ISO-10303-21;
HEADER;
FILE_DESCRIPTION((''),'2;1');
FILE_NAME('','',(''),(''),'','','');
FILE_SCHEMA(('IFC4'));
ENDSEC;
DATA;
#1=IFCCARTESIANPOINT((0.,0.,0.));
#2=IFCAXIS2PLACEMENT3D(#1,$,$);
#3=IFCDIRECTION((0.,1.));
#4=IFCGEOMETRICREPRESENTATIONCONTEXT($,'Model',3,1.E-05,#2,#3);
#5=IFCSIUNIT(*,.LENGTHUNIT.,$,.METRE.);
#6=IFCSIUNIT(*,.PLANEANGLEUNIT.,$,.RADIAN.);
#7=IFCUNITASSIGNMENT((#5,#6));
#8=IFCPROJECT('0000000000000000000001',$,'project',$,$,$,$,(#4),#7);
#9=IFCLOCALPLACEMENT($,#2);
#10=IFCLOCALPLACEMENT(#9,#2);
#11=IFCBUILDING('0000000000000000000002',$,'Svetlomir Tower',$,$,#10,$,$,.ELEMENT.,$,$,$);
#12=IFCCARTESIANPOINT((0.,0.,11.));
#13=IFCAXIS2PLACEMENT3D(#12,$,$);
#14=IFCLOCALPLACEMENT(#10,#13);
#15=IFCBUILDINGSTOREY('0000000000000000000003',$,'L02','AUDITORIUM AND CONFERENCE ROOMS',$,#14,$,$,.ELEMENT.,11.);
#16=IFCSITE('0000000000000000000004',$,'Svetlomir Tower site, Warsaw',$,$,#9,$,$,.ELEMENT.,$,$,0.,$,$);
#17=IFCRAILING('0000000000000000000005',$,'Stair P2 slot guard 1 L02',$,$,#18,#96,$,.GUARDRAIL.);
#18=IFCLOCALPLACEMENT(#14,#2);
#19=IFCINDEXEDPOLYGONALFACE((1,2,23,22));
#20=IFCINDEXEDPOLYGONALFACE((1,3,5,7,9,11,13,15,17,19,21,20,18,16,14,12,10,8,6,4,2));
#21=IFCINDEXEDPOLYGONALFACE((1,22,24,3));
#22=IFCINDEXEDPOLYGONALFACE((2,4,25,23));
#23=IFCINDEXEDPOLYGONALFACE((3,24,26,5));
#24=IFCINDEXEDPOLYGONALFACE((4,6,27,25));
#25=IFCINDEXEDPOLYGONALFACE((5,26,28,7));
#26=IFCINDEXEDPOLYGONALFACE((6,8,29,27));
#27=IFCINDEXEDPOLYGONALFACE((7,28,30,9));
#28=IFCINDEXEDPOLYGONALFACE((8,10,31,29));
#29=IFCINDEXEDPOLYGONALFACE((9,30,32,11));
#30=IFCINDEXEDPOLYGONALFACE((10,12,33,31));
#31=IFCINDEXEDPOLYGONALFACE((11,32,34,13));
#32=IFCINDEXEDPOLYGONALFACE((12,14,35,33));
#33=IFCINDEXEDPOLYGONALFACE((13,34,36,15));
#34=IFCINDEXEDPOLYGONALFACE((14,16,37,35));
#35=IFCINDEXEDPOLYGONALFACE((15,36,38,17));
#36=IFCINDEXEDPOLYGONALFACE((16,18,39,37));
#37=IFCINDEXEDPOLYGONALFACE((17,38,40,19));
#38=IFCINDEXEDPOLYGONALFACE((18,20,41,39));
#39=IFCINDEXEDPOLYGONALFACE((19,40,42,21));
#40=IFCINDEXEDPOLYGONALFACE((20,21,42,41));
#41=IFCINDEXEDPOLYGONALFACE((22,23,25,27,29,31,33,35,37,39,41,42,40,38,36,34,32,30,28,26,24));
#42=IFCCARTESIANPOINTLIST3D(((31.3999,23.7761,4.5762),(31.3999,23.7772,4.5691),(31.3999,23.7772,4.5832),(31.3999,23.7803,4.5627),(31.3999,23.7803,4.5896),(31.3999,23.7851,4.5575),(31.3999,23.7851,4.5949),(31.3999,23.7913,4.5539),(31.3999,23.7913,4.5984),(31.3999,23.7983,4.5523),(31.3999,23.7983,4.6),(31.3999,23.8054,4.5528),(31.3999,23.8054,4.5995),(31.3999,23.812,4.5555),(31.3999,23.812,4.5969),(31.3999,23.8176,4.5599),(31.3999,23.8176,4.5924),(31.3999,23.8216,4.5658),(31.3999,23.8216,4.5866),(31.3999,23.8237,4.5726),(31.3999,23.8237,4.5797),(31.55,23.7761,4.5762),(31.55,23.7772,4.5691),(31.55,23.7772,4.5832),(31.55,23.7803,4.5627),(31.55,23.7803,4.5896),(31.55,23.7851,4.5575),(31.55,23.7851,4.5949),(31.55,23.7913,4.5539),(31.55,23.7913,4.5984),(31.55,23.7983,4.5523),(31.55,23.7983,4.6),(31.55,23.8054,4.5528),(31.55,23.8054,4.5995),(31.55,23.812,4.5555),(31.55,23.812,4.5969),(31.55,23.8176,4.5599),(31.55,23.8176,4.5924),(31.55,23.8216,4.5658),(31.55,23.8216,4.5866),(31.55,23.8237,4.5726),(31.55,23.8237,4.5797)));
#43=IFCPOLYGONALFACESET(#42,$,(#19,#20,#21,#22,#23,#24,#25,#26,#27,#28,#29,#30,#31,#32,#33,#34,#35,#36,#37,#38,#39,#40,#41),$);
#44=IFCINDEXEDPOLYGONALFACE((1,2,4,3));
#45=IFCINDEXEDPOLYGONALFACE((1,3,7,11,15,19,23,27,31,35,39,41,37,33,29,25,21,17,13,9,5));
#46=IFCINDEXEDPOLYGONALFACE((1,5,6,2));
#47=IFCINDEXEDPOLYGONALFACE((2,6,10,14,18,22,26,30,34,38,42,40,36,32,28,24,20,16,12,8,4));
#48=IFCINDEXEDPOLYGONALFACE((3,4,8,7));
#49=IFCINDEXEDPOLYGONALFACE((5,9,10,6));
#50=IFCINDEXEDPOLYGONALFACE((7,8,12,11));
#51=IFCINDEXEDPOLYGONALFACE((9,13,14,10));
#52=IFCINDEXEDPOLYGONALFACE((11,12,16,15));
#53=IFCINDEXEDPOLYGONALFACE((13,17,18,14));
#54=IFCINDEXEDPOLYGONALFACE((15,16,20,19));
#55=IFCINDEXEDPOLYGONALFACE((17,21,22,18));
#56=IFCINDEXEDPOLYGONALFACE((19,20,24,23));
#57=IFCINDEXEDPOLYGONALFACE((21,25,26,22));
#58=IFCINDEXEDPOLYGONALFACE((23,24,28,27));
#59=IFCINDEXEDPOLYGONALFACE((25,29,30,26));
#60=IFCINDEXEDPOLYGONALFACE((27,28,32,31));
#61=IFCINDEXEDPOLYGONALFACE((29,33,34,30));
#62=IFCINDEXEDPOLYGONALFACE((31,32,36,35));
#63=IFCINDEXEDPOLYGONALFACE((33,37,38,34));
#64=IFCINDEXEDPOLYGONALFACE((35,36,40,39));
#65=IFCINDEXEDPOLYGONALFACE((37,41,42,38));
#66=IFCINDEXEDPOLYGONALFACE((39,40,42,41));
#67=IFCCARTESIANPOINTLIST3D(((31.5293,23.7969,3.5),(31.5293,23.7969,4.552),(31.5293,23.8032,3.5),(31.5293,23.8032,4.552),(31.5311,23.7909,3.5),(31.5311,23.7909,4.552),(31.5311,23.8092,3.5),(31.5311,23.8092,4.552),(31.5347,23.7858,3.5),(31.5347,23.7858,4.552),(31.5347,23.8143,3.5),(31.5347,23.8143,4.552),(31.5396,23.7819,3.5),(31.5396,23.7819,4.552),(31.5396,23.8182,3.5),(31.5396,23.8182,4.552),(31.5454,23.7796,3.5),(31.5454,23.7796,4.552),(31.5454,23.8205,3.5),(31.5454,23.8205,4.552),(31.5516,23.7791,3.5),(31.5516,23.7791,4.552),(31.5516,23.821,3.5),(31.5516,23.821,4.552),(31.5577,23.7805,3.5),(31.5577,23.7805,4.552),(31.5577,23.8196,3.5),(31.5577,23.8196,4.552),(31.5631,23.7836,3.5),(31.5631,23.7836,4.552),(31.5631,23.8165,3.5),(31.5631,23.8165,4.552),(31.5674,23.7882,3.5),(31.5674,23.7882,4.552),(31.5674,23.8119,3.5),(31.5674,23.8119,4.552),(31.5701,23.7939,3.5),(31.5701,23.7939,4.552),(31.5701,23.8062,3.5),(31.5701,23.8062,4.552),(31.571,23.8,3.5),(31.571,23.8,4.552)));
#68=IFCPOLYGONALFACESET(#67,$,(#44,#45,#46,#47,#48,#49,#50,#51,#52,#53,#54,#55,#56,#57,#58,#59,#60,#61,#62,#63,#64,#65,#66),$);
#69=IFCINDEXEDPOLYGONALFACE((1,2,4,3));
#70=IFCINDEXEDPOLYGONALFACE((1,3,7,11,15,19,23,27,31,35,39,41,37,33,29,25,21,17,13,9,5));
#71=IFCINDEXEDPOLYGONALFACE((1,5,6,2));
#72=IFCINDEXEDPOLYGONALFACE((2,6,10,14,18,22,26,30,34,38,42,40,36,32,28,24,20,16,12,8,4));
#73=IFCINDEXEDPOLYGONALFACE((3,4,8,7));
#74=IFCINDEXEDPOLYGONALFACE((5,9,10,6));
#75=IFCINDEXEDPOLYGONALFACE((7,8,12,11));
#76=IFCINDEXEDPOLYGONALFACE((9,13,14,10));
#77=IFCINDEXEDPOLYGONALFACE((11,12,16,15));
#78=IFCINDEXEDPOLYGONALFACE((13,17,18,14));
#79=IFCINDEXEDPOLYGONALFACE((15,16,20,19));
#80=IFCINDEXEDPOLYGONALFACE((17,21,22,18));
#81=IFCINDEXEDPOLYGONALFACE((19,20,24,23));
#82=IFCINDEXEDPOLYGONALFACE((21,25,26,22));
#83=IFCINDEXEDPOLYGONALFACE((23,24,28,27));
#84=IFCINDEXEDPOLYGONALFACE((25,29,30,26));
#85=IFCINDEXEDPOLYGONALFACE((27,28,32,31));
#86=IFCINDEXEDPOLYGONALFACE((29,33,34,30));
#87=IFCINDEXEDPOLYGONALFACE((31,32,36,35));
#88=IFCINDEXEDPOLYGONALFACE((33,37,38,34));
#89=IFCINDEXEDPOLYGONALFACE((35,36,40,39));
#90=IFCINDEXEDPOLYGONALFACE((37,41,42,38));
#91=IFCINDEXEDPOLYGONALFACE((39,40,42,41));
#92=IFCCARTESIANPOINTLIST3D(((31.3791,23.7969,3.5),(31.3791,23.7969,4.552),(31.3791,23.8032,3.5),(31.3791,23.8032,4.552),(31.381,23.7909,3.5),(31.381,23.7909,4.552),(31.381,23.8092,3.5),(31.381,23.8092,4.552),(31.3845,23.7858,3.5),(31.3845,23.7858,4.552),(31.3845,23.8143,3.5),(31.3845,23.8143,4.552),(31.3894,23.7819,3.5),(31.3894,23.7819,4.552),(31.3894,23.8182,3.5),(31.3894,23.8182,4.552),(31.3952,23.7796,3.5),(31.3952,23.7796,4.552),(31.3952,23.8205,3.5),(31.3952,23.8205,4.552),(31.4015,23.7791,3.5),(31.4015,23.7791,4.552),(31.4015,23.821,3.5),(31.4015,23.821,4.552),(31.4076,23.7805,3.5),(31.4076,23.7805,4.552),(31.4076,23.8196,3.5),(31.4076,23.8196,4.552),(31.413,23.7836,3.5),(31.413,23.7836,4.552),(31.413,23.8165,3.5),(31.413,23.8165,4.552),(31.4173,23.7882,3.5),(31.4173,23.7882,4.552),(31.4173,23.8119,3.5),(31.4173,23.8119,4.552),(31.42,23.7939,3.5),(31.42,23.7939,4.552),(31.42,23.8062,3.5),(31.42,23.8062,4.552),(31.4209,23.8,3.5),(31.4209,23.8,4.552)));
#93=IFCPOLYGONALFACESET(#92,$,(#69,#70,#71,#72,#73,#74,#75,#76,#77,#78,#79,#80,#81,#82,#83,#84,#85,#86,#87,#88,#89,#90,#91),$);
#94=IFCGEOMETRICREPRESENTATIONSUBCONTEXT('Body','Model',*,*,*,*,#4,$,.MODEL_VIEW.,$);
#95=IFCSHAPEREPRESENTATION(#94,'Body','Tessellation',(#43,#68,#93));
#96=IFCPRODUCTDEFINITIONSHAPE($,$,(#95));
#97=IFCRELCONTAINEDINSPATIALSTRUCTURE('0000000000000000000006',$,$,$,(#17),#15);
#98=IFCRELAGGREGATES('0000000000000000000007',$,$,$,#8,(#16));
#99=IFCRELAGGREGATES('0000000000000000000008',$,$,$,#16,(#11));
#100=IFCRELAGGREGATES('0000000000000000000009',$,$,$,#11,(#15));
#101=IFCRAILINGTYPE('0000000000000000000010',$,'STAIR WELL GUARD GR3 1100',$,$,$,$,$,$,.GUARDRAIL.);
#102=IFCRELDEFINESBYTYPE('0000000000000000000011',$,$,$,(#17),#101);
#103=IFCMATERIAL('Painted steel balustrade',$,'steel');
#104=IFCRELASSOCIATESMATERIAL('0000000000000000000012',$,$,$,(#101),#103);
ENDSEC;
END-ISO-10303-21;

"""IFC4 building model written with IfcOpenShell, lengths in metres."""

from ifc_helpers import new_model, si_unit, direction, frame, origin, origin_2d, place, context, subcontext, project, spatial, circle, extrude, material, type_object, element, save


model = new_model("IFC4")

# Units and contexts
model_context = context("Model", 3, precision=1e-05, world=origin(), true_north=direction((0.0, 1.0)))
body_context = subcontext(model_context, "Body", "Model", "MODEL_VIEW")
ifc_project = project(units=[si_unit("LENGTHUNIT", "METRE"), si_unit("PLANEANGLEUNIT", "RADIAN")], contexts=[model_context])

# Site, building, storey
site_placement = place(None, origin())
site = spatial("IfcSite", under=ifc_project, at=site_placement, Name="Svetlomir Tower site, Warsaw", CompositionType="ELEMENT", RefElevation=0.0)
building_placement = place(site_placement, origin())
building = spatial("IfcBuilding", under=site, at=building_placement, Name="Svetlomir Tower", CompositionType="ELEMENT")
storey_placement = place(building_placement, frame((0.0, 0.0, 11.0)))
storey = spatial("IfcBuildingStorey", under=building, at=storey_placement, Name="L02", Description="AUDITORIUM AND CONFERENCE ROOMS", CompositionType="ELEMENT", Elevation=11.0)

# Railing
ifc_material_1 = material(Name="Painted steel balustrade", Category="steel")
railing_type_1 = type_object("IfcRailingType", Name="STAIR WELL GUARD GR3 1100", PredefinedType="GUARDRAIL", material=ifc_material_1)
railing_1_placement = place(storey_placement, frame((31.55, 23.8, 3.5)))
element("IfcRailing", 1, at=railing_1_placement, inside=storey, type_object=railing_type_1, Name="Stair P2 slot guard 1 L02", PredefinedType="GUARDRAIL", context=body_context, shape_type="SweptSolid", body=[
    extrude(circle(Radius=0.0239, at=origin_2d()), frame((0.0, 0.0, 1.0762), z_axis=(-1.0, 0.0, 0.0), x_axis=(0.0, -1.0, 0.0)), (0.0, 0.0, 1.0), 0.1501),
    extrude(circle(Radius=0.021, at=origin_2d()), origin(), (0.0, 0.0, 1.0), 1.052),
    extrude(circle(Radius=0.021, at=origin_2d()), frame((-0.1501, 0.0, 0.0)), (0.0, 0.0, 1.0), 1.052),
])

save(model, "model.ifc")
